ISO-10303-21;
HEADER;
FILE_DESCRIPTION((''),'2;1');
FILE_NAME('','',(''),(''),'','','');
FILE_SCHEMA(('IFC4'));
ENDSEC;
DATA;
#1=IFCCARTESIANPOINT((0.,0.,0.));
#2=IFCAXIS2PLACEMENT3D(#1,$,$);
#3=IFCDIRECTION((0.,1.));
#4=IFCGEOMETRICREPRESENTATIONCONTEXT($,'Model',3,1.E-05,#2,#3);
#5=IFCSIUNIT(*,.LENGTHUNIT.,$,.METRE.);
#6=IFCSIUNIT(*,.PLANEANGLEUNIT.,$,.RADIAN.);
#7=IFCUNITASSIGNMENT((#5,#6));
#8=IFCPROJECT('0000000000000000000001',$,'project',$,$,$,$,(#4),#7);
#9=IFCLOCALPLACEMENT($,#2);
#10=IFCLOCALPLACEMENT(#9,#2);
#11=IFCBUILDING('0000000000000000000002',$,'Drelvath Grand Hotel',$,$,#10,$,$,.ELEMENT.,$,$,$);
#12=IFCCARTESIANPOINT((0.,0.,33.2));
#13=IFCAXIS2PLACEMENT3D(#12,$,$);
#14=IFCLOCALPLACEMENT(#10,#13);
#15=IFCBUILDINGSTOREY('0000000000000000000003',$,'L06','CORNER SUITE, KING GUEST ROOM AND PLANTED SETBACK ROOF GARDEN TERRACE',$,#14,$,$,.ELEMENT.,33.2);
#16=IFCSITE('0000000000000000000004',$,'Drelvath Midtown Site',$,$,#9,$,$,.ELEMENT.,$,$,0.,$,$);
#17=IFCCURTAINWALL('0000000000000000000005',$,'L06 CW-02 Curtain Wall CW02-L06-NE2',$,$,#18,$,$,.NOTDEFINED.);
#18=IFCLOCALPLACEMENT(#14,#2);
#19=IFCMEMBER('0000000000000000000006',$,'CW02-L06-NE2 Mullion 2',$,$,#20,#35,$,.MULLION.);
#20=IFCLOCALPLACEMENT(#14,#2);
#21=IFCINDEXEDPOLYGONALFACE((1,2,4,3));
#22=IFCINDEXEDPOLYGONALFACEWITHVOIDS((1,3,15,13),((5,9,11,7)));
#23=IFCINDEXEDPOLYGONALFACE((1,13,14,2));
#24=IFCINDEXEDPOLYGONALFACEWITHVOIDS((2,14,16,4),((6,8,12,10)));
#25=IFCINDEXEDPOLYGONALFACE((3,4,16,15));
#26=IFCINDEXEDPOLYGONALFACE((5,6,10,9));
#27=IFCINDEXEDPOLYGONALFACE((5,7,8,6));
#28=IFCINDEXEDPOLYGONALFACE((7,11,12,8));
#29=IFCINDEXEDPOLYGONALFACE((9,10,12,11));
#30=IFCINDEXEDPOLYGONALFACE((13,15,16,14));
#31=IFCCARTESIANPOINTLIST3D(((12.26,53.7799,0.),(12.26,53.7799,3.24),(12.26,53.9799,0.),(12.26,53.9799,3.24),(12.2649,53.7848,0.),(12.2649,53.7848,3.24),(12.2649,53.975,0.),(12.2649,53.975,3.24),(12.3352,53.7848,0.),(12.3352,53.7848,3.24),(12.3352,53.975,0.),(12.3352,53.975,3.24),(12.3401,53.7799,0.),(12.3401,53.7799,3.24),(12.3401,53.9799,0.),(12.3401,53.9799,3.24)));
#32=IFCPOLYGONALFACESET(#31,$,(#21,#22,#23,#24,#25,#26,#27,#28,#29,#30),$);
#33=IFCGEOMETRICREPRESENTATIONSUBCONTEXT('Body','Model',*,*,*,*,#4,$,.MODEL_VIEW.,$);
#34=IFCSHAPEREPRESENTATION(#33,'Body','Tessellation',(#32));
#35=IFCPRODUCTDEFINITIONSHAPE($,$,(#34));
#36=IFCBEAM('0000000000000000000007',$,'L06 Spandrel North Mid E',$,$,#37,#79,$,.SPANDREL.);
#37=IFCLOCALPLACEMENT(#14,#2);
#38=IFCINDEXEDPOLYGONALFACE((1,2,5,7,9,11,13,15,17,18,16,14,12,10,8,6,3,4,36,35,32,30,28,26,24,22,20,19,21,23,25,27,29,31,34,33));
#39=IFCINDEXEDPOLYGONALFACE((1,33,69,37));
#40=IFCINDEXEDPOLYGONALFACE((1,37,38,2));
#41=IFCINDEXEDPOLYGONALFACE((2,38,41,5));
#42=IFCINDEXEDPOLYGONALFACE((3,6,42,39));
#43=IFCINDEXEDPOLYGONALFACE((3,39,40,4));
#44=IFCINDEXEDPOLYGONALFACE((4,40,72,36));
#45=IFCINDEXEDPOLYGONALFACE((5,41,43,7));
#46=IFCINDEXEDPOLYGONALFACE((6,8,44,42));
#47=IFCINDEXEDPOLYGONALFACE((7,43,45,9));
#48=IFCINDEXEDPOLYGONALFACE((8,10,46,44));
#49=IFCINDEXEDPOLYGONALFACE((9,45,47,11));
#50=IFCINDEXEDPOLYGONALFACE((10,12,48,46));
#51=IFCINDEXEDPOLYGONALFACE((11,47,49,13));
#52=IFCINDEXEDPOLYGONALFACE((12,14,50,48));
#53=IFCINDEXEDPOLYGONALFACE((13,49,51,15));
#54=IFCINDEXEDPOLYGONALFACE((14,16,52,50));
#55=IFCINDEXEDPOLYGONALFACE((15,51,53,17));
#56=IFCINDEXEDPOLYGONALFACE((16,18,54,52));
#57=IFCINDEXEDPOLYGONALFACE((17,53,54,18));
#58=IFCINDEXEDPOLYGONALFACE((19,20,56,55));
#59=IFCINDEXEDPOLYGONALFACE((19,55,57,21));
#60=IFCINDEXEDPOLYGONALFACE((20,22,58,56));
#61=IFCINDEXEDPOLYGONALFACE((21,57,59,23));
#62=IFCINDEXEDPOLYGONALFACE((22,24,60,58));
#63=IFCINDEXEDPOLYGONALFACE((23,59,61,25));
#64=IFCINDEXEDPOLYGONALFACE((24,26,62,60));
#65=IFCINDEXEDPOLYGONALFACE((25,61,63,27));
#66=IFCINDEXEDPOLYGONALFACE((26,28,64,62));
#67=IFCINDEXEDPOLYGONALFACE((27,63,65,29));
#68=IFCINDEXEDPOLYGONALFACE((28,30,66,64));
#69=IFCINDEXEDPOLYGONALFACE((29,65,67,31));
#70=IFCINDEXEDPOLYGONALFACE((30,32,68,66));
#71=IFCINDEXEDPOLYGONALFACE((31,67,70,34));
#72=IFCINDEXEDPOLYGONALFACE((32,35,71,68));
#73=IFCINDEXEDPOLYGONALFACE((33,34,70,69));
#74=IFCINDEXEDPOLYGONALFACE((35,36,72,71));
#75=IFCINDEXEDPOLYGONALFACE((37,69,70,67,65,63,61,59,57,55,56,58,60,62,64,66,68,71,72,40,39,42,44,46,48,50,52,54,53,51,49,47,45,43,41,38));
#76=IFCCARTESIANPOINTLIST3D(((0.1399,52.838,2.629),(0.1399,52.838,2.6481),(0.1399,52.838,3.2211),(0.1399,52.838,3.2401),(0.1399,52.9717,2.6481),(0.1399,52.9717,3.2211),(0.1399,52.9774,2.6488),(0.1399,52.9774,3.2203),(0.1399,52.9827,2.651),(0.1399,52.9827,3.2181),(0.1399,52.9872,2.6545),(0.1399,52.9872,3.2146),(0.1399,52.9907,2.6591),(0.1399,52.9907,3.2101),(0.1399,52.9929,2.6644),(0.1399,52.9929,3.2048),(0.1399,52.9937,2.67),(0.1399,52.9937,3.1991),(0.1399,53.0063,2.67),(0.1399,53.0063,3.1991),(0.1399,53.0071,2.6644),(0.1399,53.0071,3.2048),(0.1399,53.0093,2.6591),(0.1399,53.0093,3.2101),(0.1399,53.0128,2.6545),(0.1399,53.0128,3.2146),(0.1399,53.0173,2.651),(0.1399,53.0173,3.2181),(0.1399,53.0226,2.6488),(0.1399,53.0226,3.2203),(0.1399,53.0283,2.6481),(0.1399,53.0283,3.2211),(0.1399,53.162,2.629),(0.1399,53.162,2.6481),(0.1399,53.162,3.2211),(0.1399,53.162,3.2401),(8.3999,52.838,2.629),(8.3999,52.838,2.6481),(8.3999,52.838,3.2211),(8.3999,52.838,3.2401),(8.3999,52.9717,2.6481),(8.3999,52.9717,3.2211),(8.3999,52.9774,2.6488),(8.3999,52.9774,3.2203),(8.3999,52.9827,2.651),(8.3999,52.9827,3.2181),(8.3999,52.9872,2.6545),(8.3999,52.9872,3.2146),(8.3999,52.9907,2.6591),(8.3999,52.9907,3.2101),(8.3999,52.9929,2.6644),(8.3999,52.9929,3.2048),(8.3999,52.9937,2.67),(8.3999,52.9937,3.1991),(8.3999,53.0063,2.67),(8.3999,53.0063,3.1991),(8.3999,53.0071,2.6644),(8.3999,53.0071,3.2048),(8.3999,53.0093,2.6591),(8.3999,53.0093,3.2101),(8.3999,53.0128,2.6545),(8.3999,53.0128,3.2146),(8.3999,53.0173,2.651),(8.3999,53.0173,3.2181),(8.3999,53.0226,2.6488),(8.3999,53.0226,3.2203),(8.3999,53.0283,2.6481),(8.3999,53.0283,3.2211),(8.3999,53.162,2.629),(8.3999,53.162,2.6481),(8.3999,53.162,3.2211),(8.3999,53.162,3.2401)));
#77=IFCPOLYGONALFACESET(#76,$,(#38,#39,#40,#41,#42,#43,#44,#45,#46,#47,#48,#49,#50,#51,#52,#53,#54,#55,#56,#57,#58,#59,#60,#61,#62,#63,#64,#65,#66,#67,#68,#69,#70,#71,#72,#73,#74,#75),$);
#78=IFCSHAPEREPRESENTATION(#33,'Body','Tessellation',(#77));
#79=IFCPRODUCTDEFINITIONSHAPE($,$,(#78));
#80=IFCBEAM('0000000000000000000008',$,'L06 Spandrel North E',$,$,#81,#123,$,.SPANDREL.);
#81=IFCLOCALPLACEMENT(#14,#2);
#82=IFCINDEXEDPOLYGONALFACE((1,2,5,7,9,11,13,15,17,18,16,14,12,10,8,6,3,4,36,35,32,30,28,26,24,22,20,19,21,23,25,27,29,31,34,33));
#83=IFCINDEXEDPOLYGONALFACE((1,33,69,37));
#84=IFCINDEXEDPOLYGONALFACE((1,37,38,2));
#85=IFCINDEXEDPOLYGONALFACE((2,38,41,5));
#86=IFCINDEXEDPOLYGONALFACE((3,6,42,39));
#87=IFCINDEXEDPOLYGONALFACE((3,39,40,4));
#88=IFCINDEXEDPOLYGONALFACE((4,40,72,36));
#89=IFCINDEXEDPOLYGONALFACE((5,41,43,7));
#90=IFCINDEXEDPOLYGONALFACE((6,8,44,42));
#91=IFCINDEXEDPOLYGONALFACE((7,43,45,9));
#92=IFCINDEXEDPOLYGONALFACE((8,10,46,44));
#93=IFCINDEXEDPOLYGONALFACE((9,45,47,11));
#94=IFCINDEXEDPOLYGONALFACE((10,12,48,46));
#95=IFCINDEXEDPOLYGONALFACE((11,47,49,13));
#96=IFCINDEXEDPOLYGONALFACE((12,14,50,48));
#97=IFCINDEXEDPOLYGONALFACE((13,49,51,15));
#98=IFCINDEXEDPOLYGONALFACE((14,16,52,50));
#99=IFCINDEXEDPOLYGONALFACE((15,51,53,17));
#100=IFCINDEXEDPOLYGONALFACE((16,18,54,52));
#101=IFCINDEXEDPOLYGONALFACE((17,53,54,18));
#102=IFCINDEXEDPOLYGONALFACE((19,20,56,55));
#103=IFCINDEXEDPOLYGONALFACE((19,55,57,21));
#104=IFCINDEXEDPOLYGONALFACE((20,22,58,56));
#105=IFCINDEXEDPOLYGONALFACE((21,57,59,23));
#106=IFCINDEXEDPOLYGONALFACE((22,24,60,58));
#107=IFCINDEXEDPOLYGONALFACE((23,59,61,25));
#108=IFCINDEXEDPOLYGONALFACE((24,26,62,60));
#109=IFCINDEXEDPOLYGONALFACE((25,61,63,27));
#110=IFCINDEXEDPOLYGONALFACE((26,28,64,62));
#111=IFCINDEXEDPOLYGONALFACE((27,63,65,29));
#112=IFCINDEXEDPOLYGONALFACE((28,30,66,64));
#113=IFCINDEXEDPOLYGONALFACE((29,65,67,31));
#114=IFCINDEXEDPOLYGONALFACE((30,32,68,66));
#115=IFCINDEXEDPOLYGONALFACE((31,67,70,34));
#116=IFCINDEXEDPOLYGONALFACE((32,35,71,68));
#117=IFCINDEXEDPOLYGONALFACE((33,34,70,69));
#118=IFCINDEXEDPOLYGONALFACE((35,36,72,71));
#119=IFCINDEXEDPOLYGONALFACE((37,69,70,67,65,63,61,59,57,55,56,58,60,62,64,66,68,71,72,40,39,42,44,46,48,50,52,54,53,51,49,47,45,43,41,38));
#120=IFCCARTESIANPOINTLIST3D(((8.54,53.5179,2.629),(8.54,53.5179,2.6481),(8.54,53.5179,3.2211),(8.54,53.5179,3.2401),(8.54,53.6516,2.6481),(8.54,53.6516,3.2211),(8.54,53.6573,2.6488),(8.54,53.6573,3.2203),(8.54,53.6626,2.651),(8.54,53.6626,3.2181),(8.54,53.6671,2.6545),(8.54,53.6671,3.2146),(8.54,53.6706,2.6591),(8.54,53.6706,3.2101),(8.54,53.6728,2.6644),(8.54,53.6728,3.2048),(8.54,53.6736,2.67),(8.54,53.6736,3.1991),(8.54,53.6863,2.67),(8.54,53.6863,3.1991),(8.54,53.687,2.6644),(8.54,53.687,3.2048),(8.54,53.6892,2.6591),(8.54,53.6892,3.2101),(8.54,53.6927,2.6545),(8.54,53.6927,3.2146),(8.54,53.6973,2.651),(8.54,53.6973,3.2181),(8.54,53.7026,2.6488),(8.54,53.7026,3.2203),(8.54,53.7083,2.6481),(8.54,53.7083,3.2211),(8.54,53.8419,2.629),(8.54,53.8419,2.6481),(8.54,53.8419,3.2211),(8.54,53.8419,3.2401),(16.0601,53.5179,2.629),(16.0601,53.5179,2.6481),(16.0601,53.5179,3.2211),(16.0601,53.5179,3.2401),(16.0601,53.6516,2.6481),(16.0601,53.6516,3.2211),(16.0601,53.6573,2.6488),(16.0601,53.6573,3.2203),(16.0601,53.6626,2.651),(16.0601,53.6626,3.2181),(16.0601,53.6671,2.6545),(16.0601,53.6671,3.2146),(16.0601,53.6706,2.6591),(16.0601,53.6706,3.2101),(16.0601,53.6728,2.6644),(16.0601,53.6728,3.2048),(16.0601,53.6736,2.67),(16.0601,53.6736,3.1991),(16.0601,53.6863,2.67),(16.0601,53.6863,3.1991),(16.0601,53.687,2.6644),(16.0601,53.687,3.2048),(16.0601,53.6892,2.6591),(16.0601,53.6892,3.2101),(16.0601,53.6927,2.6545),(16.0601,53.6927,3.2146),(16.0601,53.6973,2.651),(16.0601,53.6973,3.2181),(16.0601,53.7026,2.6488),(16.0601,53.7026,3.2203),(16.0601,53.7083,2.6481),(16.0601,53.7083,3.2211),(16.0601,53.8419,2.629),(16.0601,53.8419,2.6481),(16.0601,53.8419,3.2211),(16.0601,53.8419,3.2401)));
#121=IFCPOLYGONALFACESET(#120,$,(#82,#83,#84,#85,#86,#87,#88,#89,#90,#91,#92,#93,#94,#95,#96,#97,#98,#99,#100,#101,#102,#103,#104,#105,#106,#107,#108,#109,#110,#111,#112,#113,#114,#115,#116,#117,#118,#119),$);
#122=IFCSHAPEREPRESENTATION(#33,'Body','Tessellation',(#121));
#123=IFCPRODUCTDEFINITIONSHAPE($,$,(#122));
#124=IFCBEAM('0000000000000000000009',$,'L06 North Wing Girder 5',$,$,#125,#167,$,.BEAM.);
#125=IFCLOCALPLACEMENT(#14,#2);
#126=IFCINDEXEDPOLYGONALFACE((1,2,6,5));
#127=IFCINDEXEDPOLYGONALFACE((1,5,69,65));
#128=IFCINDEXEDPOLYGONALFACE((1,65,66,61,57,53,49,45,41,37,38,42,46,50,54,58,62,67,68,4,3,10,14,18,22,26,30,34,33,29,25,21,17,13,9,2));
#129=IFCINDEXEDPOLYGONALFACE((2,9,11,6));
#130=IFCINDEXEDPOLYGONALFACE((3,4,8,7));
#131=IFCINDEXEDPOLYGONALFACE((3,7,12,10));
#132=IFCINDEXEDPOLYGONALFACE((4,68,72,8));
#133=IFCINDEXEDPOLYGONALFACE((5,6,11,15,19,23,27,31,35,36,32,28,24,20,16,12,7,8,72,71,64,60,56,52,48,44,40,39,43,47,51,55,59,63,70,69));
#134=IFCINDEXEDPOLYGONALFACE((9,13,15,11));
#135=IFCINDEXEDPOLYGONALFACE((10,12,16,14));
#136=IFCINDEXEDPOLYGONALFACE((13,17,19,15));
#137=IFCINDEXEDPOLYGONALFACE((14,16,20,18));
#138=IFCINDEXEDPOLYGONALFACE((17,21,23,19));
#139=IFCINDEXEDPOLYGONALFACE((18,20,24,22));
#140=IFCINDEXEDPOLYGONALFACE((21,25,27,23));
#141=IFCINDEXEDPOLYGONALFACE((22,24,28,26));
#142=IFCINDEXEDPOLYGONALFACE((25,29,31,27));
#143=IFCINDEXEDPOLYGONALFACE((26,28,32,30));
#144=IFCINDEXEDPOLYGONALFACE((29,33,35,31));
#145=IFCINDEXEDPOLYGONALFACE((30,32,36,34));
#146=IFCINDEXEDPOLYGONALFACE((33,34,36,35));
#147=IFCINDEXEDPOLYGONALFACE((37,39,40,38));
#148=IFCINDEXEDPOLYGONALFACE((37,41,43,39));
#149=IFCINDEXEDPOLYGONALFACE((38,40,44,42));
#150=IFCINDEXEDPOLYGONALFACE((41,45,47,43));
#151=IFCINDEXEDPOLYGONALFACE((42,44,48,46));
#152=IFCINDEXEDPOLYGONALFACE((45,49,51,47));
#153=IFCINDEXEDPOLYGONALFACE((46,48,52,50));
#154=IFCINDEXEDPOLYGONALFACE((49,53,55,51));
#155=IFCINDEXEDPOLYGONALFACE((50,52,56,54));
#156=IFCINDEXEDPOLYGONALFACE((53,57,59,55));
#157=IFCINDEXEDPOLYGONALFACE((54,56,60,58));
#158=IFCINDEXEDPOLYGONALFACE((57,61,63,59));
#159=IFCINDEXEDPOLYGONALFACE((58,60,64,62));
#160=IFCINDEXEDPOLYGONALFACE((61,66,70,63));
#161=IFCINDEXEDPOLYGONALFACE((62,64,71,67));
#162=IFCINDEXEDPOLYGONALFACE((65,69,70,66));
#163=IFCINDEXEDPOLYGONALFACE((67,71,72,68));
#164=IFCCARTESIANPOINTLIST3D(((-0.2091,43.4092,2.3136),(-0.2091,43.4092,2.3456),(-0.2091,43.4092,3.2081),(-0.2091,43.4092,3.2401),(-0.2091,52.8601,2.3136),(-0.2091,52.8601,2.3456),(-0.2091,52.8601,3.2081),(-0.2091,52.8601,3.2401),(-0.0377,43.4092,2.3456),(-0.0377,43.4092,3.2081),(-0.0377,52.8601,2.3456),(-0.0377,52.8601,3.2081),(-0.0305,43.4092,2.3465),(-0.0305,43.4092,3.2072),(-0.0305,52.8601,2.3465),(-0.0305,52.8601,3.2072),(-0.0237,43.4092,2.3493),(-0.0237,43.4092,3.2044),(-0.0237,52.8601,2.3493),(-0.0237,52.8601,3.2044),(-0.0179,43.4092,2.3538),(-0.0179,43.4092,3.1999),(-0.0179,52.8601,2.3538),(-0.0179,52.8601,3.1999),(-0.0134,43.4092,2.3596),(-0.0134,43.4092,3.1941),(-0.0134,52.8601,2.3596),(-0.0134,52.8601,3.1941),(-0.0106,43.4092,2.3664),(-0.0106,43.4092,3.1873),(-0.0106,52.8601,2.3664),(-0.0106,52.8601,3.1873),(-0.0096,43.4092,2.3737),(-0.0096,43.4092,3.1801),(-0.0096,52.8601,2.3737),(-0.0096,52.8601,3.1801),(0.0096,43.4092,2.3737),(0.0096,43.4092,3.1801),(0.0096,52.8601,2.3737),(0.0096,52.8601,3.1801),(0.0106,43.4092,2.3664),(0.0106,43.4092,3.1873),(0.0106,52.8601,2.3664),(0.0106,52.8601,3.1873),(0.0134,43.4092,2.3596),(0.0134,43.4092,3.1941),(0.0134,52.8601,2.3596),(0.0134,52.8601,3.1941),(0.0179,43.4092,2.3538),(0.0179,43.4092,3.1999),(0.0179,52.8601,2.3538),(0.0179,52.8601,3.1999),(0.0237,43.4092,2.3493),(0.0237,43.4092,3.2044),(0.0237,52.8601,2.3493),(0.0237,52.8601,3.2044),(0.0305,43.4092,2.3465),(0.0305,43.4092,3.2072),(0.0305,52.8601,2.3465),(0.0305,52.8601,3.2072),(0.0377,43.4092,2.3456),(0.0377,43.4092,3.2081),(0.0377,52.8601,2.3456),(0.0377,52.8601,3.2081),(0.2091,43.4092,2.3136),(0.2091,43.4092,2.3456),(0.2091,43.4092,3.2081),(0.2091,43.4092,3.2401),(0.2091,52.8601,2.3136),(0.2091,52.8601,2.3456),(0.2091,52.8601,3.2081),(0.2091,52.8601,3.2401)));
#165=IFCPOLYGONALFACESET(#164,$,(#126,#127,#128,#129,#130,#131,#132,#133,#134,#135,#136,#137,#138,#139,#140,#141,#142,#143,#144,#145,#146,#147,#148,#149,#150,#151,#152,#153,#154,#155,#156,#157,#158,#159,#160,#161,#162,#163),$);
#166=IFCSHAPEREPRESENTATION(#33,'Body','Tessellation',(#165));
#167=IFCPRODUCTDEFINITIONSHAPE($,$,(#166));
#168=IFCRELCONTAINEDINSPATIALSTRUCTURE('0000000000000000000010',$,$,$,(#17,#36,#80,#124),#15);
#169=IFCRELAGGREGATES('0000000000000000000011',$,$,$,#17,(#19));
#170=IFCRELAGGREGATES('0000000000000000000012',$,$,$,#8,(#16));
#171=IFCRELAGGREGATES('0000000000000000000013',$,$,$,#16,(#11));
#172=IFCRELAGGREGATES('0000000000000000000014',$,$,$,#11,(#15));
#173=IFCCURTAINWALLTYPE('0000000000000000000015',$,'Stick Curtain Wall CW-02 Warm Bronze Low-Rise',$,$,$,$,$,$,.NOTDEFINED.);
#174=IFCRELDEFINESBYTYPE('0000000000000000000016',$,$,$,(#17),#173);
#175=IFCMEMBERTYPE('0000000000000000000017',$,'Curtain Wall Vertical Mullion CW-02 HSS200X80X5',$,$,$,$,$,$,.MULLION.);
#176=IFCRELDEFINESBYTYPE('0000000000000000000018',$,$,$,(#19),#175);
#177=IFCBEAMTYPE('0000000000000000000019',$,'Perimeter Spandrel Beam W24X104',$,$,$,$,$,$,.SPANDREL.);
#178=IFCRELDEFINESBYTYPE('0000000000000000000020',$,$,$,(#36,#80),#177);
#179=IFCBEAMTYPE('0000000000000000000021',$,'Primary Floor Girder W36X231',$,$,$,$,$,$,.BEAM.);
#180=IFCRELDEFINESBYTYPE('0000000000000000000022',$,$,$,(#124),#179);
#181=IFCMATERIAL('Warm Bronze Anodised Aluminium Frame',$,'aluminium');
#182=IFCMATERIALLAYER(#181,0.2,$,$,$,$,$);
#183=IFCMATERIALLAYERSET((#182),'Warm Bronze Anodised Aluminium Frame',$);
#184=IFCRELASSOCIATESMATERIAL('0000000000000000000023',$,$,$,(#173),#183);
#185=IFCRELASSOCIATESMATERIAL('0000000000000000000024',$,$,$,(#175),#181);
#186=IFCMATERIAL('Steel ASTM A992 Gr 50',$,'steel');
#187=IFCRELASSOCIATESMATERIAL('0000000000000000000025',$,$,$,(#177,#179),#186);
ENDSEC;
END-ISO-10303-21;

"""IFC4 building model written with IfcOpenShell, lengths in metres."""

from ifc_helpers import new_model, si_unit, direction, frame, origin, origin_2d, place, context, subcontext, project, spatial, hollow_rectangle, i_section, extrude, material, layer, layer_set, material_profile, profile_set, type_object, element, aggregate, save


model = new_model("IFC4")

# Units and contexts
model_context = context("Model", 3, precision=1e-05, world=origin(), true_north=direction((0.0, 1.0)))
body_context = subcontext(model_context, "Body", "Model", "MODEL_VIEW")
ifc_project = project(units=[si_unit("LENGTHUNIT", "METRE"), si_unit("PLANEANGLEUNIT", "RADIAN")], contexts=[model_context])

# Site, building, storey
site_placement = place(None, origin())
site = spatial("IfcSite", under=ifc_project, at=site_placement, Name="Drelvath Midtown Site", CompositionType="ELEMENT", RefElevation=0.0)
building_placement = place(site_placement, origin())
building = spatial("IfcBuilding", under=site, at=building_placement, Name="Drelvath Grand Hotel", CompositionType="ELEMENT")
storey_placement = place(building_placement, frame((0.0, 0.0, 33.2)))
storey = spatial("IfcBuildingStorey", under=building, at=storey_placement, Name="L06", Description="CORNER SUITE, KING GUEST ROOM AND PLANTED SETBACK ROOF GARDEN TERRACE", CompositionType="ELEMENT", Elevation=33.2)

# Curtain wall
ifc_material_1 = material(Name="Warm Bronze Anodised Aluminium Frame", Category="aluminium")
ifc_layer_1 = layer(ifc_material_1, 0.2)
ifc_layer_set_1 = layer_set([ifc_layer_1], Name="Warm Bronze Anodised Aluminium Frame")
curtain_wall_type = type_object("IfcCurtainWallType", Name="Stick Curtain Wall CW-02 Warm Bronze Low-Rise", PredefinedType="NOTDEFINED", material=ifc_layer_set_1)
curtain_wall_1_placement = place(storey_placement, origin())
curtain_wall_1 = element("IfcCurtainWall", 1, at=curtain_wall_1_placement, inside=storey, type_object=curtain_wall_type, Name="L06 CW-02 Curtain Wall CW02-L06-NE2", PredefinedType="NOTDEFINED")

# Member
ifc_material_profile_1 = material_profile(ifc_material_1, hollow_rectangle(XDim=0.0801, YDim=0.2, WallThickness=0.0049, at=origin_2d()), Name="HSS200X80X5")
ifc_profile_set_1 = profile_set([ifc_material_profile_1], Name="Warm Bronze Anodised Aluminium Frame")
member_type_1 = type_object("IfcMemberType", Name="Curtain Wall Vertical Mullion CW-02 HSS200X80X5", PredefinedType="MULLION", material=ifc_profile_set_1)
member_1_placement = place(storey_placement, frame((12.3, 53.8799, 0.0), z_axis=(0.0, 0.0, 1.0), x_axis=(1.0, 0.0, 0.0)))
member_1 = element("IfcMember", 2, at=member_1_placement, type_object=member_type_1, Name="CW02-L06-NE2 Mullion 2", PredefinedType="MULLION", context=body_context, shape_type="SweptSolid", body=[
    extrude(hollow_rectangle(XDim=0.0801, YDim=0.2, WallThickness=0.0049, at=origin_2d()), origin(), (0.0, 0.0, 1.0), 3.24),
])

# Beams
ifc_material_2 = material(Name="Steel ASTM A992 Gr 50", Category="steel")
ifc_material_profile_2 = material_profile(ifc_material_2, i_section(OverallWidth=0.324, OverallDepth=0.6111, WebThickness=0.0127, FlangeThickness=0.019, FilletRadius=0.022, at=origin_2d()), Name="W24X104")
ifc_profile_set_2 = profile_set([ifc_material_profile_2], Name="Steel ASTM A992 Gr 50")
beam_type_1 = type_object("IfcBeamType", Name="Perimeter Spandrel Beam W24X104", PredefinedType="SPANDREL", material=ifc_profile_set_2)
beam_1_placement = place(storey_placement, frame((0.1399, 53.0, 2.9346), z_axis=(1.0, 0.0, 0.0), x_axis=(0.0, 1.0, 0.0)))
element("IfcBeam", 3, at=beam_1_placement, inside=storey, type_object=beam_type_1, Name="L06 Spandrel North Mid E", PredefinedType="SPANDREL", context=body_context, shape_type="SweptSolid", body=[
    extrude(i_section(OverallWidth=0.324, OverallDepth=0.6111, WebThickness=0.0127, FlangeThickness=0.019, FilletRadius=0.022, at=origin_2d()), origin(), (0.0, 0.0, 1.0), 8.26),
])
beam_2_placement = place(storey_placement, frame((8.54, 53.6799, 2.9346), z_axis=(1.0, 0.0, 0.0), x_axis=(0.0, 1.0, 0.0)))
element("IfcBeam", 4, at=beam_2_placement, inside=storey, type_object=beam_type_1, Name="L06 Spandrel North E", PredefinedType="SPANDREL", context=body_context, shape_type="SweptSolid", body=[
    extrude(i_section(OverallWidth=0.324, OverallDepth=0.6111, WebThickness=0.0127, FlangeThickness=0.019, FilletRadius=0.022, at=origin_2d()), origin(), (0.0, 0.0, 1.0), 7.52),
])
ifc_material_profile_3 = material_profile(ifc_material_2, i_section(OverallWidth=0.4182, OverallDepth=0.9265, WebThickness=0.0193, FlangeThickness=0.032, FilletRadius=0.0281, at=origin_2d()), Name="W36X231")
ifc_profile_set_3 = profile_set([ifc_material_profile_3], Name="Steel ASTM A992 Gr 50")
beam_type_2 = type_object("IfcBeamType", Name="Primary Floor Girder W36X231", PredefinedType="BEAM", material=ifc_profile_set_3)
beam_3_placement = place(storey_placement, frame((0.0, 43.4092, 2.7769), z_axis=(0.0, 1.0, 0.0), x_axis=(-1.0, 0.0, 0.0)))
element("IfcBeam", 5, at=beam_3_placement, inside=storey, type_object=beam_type_2, Name="L06 North Wing Girder 5", PredefinedType="BEAM", context=body_context, shape_type="SweptSolid", body=[
    extrude(i_section(OverallWidth=0.4182, OverallDepth=0.9265, WebThickness=0.0193, FlangeThickness=0.032, FilletRadius=0.0281, at=origin_2d()), origin(), (0.0, 0.0, 1.0), 9.4509),
])

aggregate(curtain_wall_1, [member_1])

save(model, "model.ifc")
